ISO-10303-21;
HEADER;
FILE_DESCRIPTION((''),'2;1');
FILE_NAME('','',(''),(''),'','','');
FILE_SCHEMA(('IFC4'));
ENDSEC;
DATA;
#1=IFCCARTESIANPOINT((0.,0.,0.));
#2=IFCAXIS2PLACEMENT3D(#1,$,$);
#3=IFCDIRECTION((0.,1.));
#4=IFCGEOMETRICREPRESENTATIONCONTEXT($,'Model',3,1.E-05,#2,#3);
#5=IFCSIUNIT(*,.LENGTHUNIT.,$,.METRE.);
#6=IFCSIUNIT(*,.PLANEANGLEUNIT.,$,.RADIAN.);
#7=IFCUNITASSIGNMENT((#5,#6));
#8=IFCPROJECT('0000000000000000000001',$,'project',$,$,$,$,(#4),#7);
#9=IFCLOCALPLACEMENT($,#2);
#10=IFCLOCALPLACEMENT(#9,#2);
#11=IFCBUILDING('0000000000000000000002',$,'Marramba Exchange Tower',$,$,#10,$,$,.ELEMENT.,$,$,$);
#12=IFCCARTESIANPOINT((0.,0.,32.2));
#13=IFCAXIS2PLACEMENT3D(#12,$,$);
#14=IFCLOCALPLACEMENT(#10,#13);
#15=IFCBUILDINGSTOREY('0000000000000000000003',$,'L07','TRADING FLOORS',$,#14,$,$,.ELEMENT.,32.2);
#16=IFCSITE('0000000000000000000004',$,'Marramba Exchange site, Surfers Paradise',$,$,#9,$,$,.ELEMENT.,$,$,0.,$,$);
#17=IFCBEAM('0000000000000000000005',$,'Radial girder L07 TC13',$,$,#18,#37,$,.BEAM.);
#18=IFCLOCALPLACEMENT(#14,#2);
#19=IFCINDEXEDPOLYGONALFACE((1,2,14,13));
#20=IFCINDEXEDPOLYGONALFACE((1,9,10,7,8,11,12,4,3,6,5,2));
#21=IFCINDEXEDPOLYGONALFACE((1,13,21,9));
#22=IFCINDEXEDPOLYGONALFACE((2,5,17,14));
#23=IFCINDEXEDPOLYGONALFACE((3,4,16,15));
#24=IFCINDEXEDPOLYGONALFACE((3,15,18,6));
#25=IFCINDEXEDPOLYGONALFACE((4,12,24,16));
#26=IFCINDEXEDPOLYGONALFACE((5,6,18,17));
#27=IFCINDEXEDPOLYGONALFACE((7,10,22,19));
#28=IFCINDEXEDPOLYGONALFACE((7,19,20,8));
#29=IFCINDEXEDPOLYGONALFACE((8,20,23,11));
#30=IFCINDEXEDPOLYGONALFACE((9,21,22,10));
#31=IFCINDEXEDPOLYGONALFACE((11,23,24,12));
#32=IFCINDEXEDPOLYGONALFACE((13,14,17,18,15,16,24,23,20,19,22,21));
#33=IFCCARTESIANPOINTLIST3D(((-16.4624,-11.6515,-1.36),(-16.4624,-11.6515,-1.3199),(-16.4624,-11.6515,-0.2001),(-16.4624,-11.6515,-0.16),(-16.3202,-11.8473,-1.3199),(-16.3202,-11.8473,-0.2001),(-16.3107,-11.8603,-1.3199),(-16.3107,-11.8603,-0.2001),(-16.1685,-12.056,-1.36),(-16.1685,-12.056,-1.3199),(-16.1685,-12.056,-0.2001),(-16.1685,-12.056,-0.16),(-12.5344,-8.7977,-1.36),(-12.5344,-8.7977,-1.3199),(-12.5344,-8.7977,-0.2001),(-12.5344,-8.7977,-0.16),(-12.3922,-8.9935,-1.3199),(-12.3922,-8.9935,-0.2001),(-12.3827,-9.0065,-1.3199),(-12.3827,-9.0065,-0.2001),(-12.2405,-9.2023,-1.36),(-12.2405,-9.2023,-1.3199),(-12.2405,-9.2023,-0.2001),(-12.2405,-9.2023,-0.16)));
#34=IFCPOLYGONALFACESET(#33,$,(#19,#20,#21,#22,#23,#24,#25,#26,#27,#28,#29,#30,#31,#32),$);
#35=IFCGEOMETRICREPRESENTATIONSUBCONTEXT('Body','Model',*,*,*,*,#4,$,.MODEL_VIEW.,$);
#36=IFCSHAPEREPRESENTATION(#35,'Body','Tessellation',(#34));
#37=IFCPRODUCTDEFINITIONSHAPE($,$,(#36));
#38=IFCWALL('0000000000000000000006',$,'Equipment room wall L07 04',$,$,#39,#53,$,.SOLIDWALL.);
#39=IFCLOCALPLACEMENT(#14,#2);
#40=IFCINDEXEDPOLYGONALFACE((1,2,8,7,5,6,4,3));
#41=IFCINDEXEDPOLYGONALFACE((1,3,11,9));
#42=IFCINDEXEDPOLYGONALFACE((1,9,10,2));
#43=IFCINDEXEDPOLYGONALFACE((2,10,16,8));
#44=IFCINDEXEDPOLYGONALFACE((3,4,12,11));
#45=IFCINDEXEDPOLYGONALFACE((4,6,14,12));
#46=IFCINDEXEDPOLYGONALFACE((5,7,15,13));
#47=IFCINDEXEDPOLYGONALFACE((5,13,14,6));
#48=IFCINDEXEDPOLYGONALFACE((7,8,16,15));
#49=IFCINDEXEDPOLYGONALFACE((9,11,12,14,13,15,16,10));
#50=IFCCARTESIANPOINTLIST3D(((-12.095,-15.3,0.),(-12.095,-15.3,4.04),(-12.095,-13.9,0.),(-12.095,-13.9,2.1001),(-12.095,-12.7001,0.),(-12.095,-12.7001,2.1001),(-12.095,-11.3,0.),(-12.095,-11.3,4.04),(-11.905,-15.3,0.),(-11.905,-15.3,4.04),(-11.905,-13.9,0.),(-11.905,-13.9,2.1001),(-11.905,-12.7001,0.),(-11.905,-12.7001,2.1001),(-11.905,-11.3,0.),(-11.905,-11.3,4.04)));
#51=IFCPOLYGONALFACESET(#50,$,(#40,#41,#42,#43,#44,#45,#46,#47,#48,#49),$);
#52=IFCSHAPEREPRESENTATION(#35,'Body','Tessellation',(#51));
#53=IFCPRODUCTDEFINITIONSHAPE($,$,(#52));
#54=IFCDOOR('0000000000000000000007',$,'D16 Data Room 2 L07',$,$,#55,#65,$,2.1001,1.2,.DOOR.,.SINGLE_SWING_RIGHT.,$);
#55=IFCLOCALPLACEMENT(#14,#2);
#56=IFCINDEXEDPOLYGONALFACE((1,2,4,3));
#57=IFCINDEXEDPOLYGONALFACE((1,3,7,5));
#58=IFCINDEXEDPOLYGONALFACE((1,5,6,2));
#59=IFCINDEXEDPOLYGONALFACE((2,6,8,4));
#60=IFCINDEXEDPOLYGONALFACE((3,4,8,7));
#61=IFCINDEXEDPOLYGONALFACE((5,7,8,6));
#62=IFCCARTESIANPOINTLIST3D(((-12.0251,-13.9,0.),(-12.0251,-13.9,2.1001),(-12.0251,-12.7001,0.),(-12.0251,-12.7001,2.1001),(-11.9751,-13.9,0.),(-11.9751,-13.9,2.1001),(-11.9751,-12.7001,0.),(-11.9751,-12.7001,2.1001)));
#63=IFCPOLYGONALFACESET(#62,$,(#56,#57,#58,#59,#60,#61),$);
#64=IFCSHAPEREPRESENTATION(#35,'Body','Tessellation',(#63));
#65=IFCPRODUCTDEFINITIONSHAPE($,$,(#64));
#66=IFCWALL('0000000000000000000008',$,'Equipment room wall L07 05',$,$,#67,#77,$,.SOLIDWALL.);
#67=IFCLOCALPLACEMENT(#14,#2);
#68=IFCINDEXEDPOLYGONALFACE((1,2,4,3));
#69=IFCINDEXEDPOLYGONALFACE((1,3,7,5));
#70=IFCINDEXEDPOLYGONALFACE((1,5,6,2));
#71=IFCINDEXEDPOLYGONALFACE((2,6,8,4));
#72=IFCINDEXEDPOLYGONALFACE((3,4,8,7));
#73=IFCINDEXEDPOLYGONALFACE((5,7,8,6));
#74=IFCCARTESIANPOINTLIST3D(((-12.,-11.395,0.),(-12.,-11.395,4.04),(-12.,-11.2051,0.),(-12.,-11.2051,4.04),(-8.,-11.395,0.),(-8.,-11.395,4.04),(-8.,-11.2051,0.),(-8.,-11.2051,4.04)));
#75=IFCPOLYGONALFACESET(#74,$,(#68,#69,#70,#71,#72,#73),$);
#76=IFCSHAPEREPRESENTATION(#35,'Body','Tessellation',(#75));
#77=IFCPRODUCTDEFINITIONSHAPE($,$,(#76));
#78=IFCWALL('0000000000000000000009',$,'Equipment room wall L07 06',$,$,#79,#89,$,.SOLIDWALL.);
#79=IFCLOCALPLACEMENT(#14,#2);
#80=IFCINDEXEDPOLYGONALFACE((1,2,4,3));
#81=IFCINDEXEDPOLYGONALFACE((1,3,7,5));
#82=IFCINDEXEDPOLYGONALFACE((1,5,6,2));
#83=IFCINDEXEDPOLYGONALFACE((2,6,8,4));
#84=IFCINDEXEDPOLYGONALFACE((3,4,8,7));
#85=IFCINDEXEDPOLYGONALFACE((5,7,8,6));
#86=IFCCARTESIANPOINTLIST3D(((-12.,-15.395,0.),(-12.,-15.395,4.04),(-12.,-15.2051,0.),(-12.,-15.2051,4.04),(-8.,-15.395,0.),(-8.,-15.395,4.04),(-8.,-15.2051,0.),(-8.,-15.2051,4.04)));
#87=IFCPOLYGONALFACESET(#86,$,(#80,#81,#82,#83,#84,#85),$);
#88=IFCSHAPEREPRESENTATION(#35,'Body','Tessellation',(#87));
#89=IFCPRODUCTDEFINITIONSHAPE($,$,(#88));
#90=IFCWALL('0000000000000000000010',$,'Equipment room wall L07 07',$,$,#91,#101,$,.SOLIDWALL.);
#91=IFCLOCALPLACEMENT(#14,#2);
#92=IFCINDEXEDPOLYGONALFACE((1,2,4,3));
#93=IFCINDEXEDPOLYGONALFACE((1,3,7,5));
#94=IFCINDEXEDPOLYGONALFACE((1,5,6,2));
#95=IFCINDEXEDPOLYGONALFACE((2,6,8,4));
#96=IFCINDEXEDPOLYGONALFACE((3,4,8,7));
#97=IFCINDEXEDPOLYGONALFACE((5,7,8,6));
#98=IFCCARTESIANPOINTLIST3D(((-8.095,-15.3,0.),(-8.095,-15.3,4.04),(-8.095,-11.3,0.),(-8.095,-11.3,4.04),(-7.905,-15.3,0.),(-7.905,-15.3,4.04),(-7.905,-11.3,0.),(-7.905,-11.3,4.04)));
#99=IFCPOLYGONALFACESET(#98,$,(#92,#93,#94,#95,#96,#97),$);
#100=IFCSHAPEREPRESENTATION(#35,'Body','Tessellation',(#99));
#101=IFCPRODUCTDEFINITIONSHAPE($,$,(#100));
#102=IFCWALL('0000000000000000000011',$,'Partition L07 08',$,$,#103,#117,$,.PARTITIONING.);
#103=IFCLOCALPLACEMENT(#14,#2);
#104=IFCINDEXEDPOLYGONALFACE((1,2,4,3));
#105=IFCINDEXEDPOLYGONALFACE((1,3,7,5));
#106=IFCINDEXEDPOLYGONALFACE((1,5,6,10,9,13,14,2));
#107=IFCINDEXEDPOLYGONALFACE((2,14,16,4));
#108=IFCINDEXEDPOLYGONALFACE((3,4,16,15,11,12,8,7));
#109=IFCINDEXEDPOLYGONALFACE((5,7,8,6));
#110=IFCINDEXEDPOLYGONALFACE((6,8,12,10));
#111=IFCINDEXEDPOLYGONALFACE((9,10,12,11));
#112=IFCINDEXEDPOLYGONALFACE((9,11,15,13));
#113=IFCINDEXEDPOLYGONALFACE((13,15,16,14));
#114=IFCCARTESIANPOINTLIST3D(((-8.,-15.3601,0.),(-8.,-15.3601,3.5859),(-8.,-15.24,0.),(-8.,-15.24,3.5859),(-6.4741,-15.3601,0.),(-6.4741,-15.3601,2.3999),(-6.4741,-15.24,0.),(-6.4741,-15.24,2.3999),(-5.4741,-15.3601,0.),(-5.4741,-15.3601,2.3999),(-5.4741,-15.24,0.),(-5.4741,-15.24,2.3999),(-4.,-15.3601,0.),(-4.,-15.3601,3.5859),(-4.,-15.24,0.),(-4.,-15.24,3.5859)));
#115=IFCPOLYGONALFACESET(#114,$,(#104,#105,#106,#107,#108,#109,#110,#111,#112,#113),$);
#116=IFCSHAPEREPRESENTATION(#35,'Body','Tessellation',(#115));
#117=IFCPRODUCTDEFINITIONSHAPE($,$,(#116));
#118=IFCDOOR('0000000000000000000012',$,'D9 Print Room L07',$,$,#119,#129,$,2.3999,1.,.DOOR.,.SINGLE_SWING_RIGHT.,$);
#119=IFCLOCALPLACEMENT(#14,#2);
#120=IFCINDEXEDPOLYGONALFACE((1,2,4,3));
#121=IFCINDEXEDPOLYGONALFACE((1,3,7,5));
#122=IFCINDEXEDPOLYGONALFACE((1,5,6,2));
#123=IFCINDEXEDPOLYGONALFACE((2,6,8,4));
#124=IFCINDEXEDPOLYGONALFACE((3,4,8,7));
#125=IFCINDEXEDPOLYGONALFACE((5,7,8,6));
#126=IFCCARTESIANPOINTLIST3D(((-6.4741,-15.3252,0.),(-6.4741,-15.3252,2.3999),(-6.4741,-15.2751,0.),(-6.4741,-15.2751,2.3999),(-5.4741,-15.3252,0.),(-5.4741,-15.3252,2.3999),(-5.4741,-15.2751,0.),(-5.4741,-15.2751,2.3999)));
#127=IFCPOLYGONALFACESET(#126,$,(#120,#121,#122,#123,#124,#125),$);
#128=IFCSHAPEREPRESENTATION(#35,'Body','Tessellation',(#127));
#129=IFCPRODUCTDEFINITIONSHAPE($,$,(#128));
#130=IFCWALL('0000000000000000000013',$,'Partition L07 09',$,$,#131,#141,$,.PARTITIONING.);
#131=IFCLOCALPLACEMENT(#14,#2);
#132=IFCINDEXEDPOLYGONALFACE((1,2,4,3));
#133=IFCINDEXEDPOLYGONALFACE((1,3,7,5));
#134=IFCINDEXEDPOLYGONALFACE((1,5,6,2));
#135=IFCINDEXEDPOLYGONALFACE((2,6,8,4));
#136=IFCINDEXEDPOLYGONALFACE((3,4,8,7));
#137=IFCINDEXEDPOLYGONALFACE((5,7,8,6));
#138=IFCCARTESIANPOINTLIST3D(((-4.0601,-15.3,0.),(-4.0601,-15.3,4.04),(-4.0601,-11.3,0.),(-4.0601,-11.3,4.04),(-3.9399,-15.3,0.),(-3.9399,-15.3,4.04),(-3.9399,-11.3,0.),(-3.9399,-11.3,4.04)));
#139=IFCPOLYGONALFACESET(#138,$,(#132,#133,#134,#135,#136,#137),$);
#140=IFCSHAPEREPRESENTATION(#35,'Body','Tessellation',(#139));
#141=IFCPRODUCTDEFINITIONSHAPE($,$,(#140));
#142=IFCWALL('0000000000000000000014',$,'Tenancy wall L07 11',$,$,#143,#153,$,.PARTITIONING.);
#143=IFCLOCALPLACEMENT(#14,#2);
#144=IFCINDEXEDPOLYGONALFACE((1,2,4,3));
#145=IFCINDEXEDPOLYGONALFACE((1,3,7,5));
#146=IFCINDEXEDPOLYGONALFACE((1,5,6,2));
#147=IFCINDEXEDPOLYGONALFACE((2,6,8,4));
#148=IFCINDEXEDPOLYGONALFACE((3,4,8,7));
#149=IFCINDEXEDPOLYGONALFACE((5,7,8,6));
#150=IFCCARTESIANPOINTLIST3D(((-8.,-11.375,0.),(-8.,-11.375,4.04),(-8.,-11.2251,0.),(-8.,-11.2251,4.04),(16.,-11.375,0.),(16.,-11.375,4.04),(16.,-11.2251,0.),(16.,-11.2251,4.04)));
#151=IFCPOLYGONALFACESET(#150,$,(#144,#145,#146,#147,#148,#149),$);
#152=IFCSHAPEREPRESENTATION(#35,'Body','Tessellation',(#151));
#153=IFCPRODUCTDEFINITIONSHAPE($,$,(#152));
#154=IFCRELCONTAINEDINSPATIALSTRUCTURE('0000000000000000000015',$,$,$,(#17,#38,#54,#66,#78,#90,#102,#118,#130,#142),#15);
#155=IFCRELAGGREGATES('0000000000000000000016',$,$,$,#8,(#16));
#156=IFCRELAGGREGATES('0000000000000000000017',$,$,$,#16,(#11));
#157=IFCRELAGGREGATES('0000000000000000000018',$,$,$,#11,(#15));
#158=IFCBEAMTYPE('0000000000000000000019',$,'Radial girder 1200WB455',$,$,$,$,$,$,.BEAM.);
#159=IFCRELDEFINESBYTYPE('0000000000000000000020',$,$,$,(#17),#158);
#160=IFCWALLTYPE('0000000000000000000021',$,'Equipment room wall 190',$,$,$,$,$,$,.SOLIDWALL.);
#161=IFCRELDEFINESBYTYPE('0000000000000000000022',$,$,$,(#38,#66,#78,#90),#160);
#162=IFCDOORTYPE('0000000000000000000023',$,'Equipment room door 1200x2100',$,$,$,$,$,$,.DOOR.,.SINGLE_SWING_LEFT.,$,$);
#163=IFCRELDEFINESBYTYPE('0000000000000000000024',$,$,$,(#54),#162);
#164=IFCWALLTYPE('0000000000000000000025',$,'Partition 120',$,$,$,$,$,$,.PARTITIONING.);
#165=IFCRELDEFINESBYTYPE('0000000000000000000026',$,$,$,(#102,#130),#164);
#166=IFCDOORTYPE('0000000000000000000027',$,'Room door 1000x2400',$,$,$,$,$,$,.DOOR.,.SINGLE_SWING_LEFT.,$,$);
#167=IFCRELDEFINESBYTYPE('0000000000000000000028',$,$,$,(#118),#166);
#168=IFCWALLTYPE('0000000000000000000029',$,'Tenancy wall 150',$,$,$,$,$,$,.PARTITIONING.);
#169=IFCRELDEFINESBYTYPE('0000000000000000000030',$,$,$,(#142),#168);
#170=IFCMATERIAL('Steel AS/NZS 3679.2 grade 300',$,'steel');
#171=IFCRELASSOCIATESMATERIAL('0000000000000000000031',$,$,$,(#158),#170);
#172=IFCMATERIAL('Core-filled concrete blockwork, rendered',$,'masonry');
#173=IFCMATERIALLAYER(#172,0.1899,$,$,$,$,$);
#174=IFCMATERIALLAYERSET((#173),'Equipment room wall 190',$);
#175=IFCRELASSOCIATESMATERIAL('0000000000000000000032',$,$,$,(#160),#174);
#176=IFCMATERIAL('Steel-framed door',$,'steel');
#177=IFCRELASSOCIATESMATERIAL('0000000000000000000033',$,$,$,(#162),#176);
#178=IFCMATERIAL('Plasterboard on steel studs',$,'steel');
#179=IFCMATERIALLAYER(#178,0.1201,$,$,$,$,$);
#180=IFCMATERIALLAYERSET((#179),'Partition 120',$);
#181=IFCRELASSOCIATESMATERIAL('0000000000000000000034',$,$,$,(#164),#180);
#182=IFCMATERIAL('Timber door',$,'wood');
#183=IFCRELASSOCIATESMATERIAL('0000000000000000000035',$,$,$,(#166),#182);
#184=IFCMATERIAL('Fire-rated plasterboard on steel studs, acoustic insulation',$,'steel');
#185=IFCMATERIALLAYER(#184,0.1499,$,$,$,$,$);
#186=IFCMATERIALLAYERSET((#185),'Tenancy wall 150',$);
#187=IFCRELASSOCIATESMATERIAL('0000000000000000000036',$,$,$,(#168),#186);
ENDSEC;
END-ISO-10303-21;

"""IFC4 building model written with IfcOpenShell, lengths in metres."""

from ifc_helpers import new_model, si_unit, direction, frame, frame_2d, origin, origin_2d, place, context, subcontext, project, spatial, rectangle, i_section, extrude, material, layer, layer_set, material_profile, profile_set, type_object, element, fill, save


model = new_model("IFC4")

# Units and contexts
model_context = context("Model", 3, precision=1e-05, world=origin(), true_north=direction((0.0, 1.0)))
body_context = subcontext(model_context, "Body", "Model", "MODEL_VIEW")
ifc_project = project(units=[si_unit("LENGTHUNIT", "METRE"), si_unit("PLANEANGLEUNIT", "RADIAN")], contexts=[model_context])

# Site, building, storey
site_placement = place(None, origin())
site = spatial("IfcSite", under=ifc_project, at=site_placement, Name="Marramba Exchange site, Surfers Paradise", CompositionType="ELEMENT", RefElevation=0.0)
building_placement = place(site_placement, origin())
building = spatial("IfcBuilding", under=site, at=building_placement, Name="Marramba Exchange Tower", CompositionType="ELEMENT")
storey_placement = place(building_placement, frame((0.0, 0.0, 32.2)))
storey = spatial("IfcBuildingStorey", under=building, at=storey_placement, Name="L07", Description="TRADING FLOORS", CompositionType="ELEMENT", Elevation=32.2)

# Beam
ifc_material_1 = material(Name="Steel AS/NZS 3679.2 grade 300", Category="steel")
ifc_material_profile_1 = material_profile(ifc_material_1, i_section(OverallWidth=0.5, OverallDepth=1.2, WebThickness=0.0161, FlangeThickness=0.04, at=origin_2d()), Name="1200WB455")
ifc_profile_set_1 = profile_set([ifc_material_profile_1], Name="Steel AS/NZS 3679.2 grade 300")
beam_type_1 = type_object("IfcBeamType", Name="Radial girder 1200WB455", PredefinedType="BEAM", material=ifc_profile_set_1)
beam_1_placement = place(storey_placement, frame((-12.3875, -9.0, -0.76), z_axis=(-0.809025, -0.587774, 0.0), x_axis=(0.587774, -0.809025, 0.0)))
element("IfcBeam", 1, at=beam_1_placement, inside=storey, type_object=beam_type_1, Name="Radial girder L07 TC13", PredefinedType="BEAM", context=body_context, shape_type="SweptSolid", body=[
    extrude(i_section(OverallWidth=0.5, OverallDepth=1.2, WebThickness=0.0161, FlangeThickness=0.04, at=origin_2d()), origin(), (0.0, 0.0, 1.0), 4.8552),
])

# Wall, opening, door
ifc_material_2 = material(Name="Core-filled concrete blockwork, rendered", Category="masonry")
ifc_layer_1 = layer(ifc_material_2, 0.1899)
ifc_layer_set_1 = layer_set([ifc_layer_1], Name="Equipment room wall 190")
wall_type_1 = type_object("IfcWallType", Name="Equipment room wall 190", PredefinedType="SOLIDWALL", material=ifc_layer_set_1)
wall_1_placement = place(storey_placement, frame((-12.0, -11.3, 0.0), z_axis=(0.0, 0.0, 1.0), x_axis=(0.0, -1.0, 0.0)))
wall_1 = element("IfcWall", 2, at=wall_1_placement, inside=storey, type_object=wall_type_1, Name="Equipment room wall L07 04", PredefinedType="SOLIDWALL", context=body_context, shape_type="SweptSolid", body=[
    extrude(rectangle(XDim=4.0, YDim=0.1899, at=frame_2d((2.0, 0.0))), origin(), (0.0, 0.0, 1.0), 4.04),
])
opening_1_placement = place(wall_1_placement, frame((1.3999, 0.0, 0.0)))
opening_1 = element("IfcOpeningElement", 3, at=opening_1_placement, cuts=wall_1, PredefinedType="OPENING", context=body_context, shape_type="SweptSolid", body=[
    extrude(rectangle(XDim=1.2, YDim=2.1001, at=frame_2d((0.6001, 1.05))), frame((0.0, 0.105, 0.0), z_axis=(0.0, -1.0, 0.0), x_axis=(1.0, 0.0, 0.0)), (0.0, 0.0, 1.0), 0.21),
])
ifc_material_3 = material(Name="Steel-framed door", Category="steel")
door_type_1 = type_object("IfcDoorType", Name="Equipment room door 1200x2100", OperationType="SINGLE_SWING_LEFT", PredefinedType="DOOR", material=ifc_material_3)
door_1_placement = place(opening_1_placement, origin())
door_1 = element("IfcDoor", 4, at=door_1_placement, inside=storey, type_object=door_type_1, Name="D16 Data Room 2 L07", OperationType="SINGLE_SWING_RIGHT", OverallHeight=2.1001, OverallWidth=1.2, PredefinedType="DOOR", context=body_context, shape_type="SweptSolid", body=[
    extrude(rectangle(XDim=1.2, YDim=2.1001, at=frame_2d((0.6001, 1.05))), frame((0.0, 0.0249, 0.0), z_axis=(0.0, -1.0, 0.0), x_axis=(1.0, 0.0, 0.0)), (0.0, 0.0, 1.0), 0.05),
])
fill(opening_1, door_1)

# Walls
for number, where, z_axis, x_axis, name in (
    (5, (-8.0, -11.3, 0.0), (0.0, 0.0, 1.0), (-1.0, 0.0, 0.0), "Equipment room wall L07 05"),
    (6, (-12.0, -15.3, 0.0), (0.0, 0.0, 1.0), (1.0, 0.0, 0.0), "Equipment room wall L07 06"),
    (7, (-8.0, -11.3, 0.0), (0.0, 0.0, 1.0), (0.0, -1.0, 0.0), "Equipment room wall L07 07"),
):
    element("IfcWall", number, at=place(storey_placement, frame(where, z_axis=z_axis, x_axis=x_axis)), inside=storey, type_object=wall_type_1, Name=name, PredefinedType="SOLIDWALL", context=body_context, shape_type="SweptSolid", body=[
        extrude(rectangle(XDim=4.0, YDim=0.1899, at=frame_2d((2.0, 0.0))), origin(), (0.0, 0.0, 1.0), 4.04),
    ])

# Wall, opening, door
ifc_material_4 = material(Name="Plasterboard on steel studs", Category="steel")
ifc_layer_2 = layer(ifc_material_4, 0.1201)
ifc_layer_set_2 = layer_set([ifc_layer_2], Name="Partition 120")
wall_type_2 = type_object("IfcWallType", Name="Partition 120", PredefinedType="PARTITIONING", material=ifc_layer_set_2)
wall_2_placement = place(storey_placement, frame((-8.0, -15.3, 0.0), z_axis=(0.0, 0.0, 1.0), x_axis=(1.0, 0.0, 0.0)))
wall_2 = element("IfcWall", 8, at=wall_2_placement, inside=storey, type_object=wall_type_2, Name="Partition L07 08", PredefinedType="PARTITIONING", context=body_context, shape_type="SweptSolid", body=[
    extrude(rectangle(XDim=4.0, YDim=0.1201, at=frame_2d((2.0, 0.0))), origin(), (0.0, 0.0, 1.0), 3.5859),
])
opening_2_placement = place(wall_2_placement, frame((1.5259, 0.0, 0.0)))
opening_2 = element("IfcOpeningElement", 9, at=opening_2_placement, cuts=wall_2, PredefinedType="OPENING", context=body_context, shape_type="SweptSolid", body=[
    extrude(rectangle(XDim=1.0, YDim=2.3999, at=frame_2d((0.5, 1.2))), frame((0.0, 0.0701, 0.0), z_axis=(0.0, -1.0, 0.0), x_axis=(1.0, 0.0, 0.0)), (0.0, 0.0, 1.0), 0.1401),
])
ifc_material_5 = material(Name="Timber door", Category="wood")
door_type_2 = type_object("IfcDoorType", Name="Room door 1000x2400", OperationType="SINGLE_SWING_LEFT", PredefinedType="DOOR", material=ifc_material_5)
door_2_placement = place(opening_2_placement, origin())
door_2 = element("IfcDoor", 10, at=door_2_placement, inside=storey, type_object=door_type_2, Name="D9 Print Room L07", OperationType="SINGLE_SWING_RIGHT", OverallHeight=2.3999, OverallWidth=1.0, PredefinedType="DOOR", context=body_context, shape_type="SweptSolid", body=[
    extrude(rectangle(XDim=1.0, YDim=2.3999, at=frame_2d((0.5, 1.2))), frame((0.0, 0.0249, 0.0), z_axis=(0.0, -1.0, 0.0), x_axis=(1.0, 0.0, 0.0)), (0.0, 0.0, 1.0), 0.05),
])
fill(opening_2, door_2)

# Walls
wall_3_placement = place(storey_placement, frame((-4.0, -15.3, 0.0), z_axis=(0.0, 0.0, 1.0), x_axis=(0.0, 1.0, 0.0)))
element("IfcWall", 11, at=wall_3_placement, inside=storey, type_object=wall_type_2, Name="Partition L07 09", PredefinedType="PARTITIONING", context=body_context, shape_type="SweptSolid", body=[
    extrude(rectangle(XDim=4.0, YDim=0.1201, at=frame_2d((2.0, 0.0))), origin(), (0.0, 0.0, 1.0), 4.04),
])
ifc_material_6 = material(Name="Fire-rated plasterboard on steel studs, acoustic insulation", Category="steel")
ifc_layer_3 = layer(ifc_material_6, 0.1499)
ifc_layer_set_3 = layer_set([ifc_layer_3], Name="Tenancy wall 150")
wall_type_3 = type_object("IfcWallType", Name="Tenancy wall 150", PredefinedType="PARTITIONING", material=ifc_layer_set_3)
wall_4_placement = place(storey_placement, frame((-8.0, -11.3, 0.0), z_axis=(0.0, 0.0, 1.0), x_axis=(1.0, 0.0, 0.0)))
element("IfcWall", 12, at=wall_4_placement, inside=storey, type_object=wall_type_3, Name="Tenancy wall L07 11", PredefinedType="PARTITIONING", context=body_context, shape_type="SweptSolid", body=[
    extrude(rectangle(XDim=24.0, YDim=0.1499, at=frame_2d((12.0, 0.0))), origin(), (0.0, 0.0, 1.0), 4.04),
])

save(model, "model.ifc")
